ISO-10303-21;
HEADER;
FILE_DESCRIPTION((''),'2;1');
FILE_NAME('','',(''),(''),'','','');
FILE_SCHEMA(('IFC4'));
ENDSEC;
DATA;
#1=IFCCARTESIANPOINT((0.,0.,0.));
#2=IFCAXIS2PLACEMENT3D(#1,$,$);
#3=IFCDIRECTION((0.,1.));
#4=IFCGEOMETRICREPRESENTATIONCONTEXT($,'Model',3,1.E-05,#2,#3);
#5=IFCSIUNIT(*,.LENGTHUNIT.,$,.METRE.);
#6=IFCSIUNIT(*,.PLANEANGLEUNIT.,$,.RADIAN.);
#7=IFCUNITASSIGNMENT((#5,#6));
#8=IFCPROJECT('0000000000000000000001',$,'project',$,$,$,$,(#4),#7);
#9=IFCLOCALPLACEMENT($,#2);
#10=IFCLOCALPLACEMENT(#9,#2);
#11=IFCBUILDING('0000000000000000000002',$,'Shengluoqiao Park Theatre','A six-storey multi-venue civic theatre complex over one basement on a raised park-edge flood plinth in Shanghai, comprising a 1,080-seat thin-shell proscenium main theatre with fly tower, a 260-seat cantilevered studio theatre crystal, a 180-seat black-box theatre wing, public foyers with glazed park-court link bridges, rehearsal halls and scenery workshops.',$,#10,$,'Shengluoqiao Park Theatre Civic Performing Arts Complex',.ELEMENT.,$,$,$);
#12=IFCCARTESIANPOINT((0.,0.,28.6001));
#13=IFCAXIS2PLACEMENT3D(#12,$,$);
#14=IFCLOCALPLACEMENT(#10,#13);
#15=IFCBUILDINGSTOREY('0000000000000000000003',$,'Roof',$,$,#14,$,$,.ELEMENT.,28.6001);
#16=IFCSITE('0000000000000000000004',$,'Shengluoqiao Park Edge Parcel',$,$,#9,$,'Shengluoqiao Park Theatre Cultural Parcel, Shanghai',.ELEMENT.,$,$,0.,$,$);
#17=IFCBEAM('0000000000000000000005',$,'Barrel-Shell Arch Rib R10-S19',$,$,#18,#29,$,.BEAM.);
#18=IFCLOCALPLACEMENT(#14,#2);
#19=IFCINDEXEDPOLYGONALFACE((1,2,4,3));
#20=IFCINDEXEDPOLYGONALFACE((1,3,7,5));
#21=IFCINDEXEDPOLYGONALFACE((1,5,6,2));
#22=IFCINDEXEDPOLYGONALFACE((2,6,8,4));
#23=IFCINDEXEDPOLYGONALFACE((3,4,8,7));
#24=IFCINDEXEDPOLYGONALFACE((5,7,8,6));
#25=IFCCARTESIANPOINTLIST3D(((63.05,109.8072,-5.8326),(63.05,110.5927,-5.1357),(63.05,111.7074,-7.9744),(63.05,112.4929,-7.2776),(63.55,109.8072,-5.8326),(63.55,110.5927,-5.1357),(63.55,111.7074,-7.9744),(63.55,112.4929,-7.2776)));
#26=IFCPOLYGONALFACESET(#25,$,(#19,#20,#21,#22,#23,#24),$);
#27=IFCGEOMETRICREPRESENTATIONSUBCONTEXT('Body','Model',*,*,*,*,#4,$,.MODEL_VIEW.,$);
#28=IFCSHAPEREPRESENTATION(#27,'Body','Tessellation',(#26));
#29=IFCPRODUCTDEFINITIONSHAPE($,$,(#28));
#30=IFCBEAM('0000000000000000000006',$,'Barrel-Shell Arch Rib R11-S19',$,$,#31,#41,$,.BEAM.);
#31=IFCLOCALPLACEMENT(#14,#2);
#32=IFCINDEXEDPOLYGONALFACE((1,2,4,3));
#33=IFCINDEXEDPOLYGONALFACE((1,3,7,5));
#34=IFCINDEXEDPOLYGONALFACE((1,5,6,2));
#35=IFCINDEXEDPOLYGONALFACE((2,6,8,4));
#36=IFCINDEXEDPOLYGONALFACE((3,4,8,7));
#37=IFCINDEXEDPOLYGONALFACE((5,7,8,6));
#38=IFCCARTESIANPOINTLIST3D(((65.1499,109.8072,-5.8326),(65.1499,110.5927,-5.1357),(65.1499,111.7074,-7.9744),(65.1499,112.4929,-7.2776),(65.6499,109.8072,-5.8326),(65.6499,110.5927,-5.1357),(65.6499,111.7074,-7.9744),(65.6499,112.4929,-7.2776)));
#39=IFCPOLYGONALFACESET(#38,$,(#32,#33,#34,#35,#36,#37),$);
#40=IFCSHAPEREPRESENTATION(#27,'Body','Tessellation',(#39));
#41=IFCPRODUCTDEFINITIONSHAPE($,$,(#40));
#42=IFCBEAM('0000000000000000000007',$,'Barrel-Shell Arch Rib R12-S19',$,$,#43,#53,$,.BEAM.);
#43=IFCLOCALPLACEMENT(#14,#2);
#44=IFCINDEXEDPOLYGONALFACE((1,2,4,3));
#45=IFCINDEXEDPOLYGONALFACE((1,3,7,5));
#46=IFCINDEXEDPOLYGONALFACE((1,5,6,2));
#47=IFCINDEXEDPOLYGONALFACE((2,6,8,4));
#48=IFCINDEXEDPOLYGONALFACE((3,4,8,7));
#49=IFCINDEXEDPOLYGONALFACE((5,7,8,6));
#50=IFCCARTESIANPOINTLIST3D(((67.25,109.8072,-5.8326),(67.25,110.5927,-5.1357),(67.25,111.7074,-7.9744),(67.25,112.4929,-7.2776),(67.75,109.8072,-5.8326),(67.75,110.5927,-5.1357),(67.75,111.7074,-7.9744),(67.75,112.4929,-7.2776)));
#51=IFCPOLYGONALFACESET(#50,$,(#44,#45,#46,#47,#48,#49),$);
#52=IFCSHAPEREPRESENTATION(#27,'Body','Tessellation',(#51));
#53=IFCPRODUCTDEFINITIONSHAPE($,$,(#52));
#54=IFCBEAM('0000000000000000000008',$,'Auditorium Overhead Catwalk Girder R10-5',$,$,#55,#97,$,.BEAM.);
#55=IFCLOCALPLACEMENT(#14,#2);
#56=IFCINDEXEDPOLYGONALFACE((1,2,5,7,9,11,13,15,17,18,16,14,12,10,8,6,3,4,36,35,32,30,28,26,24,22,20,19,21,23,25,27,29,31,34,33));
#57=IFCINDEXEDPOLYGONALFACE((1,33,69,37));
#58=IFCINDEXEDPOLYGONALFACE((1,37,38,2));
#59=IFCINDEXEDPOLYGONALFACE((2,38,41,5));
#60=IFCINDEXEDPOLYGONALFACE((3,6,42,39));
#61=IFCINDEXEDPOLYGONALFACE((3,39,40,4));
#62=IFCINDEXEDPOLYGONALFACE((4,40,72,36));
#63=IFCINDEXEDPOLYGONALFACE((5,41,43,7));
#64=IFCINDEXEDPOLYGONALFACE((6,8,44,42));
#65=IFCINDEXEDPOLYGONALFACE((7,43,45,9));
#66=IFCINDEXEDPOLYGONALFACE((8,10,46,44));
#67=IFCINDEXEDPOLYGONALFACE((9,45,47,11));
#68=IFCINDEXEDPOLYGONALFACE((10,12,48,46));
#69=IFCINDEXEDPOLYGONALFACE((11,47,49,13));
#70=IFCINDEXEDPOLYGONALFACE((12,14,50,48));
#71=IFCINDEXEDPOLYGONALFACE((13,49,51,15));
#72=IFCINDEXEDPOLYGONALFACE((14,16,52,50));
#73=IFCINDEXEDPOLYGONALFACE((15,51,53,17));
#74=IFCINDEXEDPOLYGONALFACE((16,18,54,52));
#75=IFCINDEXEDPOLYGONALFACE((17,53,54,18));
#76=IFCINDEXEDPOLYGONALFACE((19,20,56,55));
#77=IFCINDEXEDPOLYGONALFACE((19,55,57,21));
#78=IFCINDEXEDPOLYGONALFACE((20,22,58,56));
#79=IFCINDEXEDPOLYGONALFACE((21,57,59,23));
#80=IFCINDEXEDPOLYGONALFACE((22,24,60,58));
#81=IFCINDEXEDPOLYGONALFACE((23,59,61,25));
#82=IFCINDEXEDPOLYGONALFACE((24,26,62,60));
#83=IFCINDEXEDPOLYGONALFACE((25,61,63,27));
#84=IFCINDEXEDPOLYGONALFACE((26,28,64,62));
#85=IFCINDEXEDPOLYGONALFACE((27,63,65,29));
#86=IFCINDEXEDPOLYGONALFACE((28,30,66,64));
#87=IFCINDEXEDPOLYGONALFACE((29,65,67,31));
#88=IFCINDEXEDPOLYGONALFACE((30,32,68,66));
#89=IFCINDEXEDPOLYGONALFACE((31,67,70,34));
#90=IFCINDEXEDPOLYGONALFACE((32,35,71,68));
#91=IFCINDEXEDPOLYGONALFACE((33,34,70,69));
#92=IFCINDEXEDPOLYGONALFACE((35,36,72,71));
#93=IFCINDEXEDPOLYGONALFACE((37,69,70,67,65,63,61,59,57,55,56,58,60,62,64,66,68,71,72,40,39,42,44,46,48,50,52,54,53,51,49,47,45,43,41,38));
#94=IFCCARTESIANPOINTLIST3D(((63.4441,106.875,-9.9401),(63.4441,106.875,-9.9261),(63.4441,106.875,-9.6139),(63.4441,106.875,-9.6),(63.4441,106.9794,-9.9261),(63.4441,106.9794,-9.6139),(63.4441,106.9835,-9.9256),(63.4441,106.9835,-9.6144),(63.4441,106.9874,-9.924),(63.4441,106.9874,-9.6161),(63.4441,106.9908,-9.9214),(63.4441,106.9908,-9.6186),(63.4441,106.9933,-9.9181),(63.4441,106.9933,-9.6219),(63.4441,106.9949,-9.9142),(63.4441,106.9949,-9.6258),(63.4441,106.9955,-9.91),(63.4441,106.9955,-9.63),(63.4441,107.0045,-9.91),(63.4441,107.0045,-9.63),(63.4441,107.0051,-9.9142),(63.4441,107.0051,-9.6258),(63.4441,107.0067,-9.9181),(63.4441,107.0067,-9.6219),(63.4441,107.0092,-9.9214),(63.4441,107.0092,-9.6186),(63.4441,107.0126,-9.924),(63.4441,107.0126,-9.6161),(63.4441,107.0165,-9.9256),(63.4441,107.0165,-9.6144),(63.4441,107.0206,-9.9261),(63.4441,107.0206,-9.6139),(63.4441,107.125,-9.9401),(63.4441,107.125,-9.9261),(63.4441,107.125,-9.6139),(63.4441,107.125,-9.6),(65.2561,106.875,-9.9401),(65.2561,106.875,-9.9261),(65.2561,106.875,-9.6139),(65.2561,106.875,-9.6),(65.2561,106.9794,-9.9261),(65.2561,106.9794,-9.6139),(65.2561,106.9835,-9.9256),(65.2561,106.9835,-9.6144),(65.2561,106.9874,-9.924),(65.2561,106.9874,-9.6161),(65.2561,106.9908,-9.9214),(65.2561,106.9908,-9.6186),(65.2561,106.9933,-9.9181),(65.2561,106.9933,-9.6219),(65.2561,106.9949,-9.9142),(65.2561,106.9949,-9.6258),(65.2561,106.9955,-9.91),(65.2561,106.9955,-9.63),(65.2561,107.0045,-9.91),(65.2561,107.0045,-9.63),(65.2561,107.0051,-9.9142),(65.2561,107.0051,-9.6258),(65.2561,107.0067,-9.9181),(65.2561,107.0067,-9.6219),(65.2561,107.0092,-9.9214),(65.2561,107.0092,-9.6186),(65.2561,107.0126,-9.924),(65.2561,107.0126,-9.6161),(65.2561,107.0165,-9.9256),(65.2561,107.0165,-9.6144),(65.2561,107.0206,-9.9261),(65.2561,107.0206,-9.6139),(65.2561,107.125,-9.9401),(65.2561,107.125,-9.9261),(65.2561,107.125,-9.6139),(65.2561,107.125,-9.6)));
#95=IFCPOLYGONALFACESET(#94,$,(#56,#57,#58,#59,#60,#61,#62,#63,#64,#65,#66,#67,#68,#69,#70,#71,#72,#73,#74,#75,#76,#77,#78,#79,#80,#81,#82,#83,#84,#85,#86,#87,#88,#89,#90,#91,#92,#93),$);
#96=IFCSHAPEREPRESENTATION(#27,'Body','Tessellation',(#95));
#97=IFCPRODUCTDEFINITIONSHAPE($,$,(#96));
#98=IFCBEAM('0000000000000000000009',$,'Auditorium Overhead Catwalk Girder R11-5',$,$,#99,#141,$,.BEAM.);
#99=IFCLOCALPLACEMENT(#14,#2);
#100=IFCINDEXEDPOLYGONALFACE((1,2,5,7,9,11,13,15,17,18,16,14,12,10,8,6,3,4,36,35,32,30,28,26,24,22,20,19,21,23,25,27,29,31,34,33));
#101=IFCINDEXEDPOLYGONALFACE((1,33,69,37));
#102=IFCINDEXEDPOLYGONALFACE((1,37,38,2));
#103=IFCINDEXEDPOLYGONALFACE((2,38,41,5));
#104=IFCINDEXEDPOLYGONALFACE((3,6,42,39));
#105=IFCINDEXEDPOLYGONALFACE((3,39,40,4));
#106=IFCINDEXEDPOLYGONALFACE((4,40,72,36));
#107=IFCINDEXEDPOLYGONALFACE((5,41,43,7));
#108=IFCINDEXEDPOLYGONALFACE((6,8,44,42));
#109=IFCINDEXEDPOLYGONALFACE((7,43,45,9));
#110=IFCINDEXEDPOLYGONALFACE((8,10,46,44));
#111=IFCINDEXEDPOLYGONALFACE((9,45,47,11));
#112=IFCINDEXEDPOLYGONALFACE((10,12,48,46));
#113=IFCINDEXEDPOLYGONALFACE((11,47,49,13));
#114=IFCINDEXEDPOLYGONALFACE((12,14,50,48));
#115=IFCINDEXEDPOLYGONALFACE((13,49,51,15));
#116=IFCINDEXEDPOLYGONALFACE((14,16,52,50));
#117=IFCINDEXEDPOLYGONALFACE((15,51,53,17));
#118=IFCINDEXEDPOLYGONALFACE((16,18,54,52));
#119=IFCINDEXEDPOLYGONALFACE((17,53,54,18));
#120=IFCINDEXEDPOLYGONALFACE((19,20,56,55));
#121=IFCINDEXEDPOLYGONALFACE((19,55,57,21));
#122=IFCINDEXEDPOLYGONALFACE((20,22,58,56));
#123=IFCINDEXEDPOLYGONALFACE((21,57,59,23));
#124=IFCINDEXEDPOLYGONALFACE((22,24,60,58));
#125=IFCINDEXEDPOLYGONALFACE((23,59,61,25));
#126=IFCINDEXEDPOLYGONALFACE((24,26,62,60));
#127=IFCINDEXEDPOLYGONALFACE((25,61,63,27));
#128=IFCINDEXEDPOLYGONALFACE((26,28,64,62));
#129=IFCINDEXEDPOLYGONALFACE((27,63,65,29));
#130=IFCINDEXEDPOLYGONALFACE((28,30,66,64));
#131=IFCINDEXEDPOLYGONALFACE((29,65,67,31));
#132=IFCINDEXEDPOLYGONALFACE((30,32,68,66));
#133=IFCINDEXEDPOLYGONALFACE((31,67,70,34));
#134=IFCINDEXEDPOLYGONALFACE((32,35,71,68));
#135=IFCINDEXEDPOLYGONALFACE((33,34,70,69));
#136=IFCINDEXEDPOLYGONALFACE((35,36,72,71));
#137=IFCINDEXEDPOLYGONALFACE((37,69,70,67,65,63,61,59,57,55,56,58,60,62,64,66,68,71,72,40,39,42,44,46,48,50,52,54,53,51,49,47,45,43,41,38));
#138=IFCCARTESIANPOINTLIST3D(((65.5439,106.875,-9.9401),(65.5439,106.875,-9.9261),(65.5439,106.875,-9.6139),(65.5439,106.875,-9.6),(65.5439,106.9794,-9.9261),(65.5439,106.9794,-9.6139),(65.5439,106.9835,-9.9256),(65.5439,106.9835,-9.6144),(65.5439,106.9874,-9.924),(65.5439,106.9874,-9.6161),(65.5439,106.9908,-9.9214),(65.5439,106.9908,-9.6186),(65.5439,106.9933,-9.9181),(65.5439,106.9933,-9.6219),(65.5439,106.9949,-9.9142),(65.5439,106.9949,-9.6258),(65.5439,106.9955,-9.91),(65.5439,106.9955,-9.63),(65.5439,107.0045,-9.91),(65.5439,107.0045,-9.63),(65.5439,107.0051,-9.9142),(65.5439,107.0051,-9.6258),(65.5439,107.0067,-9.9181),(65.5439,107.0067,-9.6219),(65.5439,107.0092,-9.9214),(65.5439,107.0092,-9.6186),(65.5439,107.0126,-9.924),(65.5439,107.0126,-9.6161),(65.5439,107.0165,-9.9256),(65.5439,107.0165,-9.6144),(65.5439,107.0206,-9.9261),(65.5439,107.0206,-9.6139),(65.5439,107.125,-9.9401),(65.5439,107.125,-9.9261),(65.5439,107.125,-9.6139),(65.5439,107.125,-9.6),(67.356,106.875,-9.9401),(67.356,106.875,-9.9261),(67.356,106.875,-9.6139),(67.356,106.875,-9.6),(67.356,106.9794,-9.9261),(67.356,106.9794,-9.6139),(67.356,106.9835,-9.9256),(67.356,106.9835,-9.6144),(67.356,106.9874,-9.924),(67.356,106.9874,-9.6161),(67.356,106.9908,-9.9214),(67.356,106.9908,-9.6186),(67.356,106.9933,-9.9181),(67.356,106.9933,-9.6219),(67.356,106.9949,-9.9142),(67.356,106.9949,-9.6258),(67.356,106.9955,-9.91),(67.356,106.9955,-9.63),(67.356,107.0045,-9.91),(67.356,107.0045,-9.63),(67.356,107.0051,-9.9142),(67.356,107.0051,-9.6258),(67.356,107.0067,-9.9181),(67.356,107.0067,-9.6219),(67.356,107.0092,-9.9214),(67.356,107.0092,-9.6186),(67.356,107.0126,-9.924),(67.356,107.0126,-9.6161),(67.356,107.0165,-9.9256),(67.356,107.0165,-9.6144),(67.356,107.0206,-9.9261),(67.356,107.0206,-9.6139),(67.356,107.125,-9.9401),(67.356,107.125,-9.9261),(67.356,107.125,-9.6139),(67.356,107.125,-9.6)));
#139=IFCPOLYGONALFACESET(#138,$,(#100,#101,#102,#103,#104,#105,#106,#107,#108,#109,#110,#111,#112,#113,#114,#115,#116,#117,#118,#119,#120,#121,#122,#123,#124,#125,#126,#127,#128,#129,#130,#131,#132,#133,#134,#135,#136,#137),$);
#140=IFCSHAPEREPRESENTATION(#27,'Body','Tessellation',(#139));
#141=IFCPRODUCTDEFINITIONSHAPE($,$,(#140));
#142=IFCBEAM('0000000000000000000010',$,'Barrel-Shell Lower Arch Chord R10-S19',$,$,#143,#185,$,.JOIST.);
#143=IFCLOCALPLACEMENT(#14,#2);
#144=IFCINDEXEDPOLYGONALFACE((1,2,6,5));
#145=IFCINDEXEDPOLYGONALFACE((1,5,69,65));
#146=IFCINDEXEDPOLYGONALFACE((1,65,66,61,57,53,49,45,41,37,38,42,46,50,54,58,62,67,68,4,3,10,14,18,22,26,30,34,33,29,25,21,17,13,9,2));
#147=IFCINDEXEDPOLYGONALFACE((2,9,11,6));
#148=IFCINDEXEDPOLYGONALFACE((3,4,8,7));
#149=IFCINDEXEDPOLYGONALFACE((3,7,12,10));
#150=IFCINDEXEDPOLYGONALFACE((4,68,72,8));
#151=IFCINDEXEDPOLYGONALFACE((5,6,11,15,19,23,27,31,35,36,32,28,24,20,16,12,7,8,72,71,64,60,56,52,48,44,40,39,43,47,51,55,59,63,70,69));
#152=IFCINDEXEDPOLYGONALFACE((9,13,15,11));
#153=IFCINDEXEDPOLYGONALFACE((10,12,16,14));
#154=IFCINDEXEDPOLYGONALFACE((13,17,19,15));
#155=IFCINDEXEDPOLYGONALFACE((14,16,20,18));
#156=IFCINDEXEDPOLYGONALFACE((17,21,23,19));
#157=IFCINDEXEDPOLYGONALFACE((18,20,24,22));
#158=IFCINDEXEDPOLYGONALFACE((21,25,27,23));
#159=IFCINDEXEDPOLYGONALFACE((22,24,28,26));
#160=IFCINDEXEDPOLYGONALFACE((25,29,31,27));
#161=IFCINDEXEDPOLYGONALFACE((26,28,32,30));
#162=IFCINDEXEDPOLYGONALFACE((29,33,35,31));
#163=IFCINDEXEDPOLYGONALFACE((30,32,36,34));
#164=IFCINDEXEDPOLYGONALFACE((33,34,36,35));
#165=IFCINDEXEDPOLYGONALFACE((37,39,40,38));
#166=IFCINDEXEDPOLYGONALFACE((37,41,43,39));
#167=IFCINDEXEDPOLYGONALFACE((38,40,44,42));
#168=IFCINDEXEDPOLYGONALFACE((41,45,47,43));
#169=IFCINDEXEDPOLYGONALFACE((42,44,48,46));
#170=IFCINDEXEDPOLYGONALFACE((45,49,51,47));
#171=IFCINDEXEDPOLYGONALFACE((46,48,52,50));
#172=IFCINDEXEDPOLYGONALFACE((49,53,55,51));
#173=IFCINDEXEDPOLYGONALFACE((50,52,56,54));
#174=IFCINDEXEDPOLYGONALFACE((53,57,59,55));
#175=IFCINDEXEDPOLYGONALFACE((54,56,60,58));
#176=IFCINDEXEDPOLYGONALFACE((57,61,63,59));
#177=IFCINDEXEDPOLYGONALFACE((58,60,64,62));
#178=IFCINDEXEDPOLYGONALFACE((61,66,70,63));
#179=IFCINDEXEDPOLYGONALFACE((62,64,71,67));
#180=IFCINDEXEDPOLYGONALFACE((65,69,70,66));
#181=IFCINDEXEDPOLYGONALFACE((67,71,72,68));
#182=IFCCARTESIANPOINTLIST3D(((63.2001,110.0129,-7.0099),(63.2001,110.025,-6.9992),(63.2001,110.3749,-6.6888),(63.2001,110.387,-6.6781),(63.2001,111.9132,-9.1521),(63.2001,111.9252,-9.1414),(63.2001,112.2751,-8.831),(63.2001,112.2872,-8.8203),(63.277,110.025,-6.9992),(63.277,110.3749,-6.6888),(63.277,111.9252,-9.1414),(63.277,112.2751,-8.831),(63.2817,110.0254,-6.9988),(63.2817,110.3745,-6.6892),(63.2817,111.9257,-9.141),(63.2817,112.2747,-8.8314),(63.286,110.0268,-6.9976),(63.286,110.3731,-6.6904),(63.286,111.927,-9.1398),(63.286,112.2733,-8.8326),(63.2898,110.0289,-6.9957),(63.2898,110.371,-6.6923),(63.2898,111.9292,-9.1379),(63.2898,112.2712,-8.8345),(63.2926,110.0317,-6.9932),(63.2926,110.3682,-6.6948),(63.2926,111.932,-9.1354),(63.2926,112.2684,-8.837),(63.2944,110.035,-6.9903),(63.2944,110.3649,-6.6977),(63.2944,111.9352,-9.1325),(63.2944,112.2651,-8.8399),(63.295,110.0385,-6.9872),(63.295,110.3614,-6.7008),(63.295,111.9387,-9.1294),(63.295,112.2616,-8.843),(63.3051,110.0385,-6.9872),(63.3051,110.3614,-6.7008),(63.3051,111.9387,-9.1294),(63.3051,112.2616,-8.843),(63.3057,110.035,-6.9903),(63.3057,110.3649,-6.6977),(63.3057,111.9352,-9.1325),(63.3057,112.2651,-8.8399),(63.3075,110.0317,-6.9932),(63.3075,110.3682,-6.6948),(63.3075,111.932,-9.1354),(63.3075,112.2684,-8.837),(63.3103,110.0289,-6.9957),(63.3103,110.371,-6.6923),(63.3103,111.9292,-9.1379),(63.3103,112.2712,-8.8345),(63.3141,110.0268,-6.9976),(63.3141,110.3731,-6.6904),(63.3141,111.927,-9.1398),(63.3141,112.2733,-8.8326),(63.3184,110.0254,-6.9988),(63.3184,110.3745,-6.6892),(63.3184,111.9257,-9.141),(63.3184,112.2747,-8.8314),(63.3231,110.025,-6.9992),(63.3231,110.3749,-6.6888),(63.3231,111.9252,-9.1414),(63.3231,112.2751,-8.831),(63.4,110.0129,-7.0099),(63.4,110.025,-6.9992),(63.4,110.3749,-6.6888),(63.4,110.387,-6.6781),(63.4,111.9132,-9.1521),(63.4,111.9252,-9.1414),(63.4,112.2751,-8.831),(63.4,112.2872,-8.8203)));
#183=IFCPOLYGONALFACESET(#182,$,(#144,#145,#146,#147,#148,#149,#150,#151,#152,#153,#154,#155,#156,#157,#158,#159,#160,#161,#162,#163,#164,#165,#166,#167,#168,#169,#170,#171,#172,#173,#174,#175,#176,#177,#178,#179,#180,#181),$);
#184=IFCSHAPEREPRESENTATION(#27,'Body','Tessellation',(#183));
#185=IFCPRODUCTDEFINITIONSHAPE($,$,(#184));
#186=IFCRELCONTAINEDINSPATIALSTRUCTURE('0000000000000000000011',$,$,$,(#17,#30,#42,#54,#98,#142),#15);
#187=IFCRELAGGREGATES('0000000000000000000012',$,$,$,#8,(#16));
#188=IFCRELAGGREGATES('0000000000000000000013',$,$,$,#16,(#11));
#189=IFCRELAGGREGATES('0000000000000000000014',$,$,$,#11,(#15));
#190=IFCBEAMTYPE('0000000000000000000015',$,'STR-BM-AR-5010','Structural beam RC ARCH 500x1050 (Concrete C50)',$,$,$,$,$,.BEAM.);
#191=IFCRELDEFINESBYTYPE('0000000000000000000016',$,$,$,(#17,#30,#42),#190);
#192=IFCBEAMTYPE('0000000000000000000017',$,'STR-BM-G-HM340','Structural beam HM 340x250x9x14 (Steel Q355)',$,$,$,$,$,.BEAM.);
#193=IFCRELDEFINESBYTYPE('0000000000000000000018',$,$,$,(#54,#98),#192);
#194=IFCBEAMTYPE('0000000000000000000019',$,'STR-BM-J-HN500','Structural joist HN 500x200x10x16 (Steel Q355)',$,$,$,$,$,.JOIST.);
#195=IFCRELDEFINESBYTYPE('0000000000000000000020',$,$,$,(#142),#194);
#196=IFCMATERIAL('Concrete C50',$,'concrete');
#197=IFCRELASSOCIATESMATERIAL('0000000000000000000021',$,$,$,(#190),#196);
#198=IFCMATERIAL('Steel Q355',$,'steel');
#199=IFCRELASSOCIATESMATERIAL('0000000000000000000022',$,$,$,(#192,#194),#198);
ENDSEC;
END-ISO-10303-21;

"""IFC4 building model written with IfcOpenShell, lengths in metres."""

from ifc_helpers import new_model, si_unit, direction, frame, origin, origin_2d, place, context, subcontext, project, spatial, rectangle, i_section, extrude, material, material_profile, profile_set, type_object, element, save


model = new_model("IFC4")

# Units and contexts
model_context = context("Model", 3, precision=1e-05, world=origin(), true_north=direction((0.0, 1.0)))
body_context = subcontext(model_context, "Body", "Model", "MODEL_VIEW")
ifc_project = project(units=[si_unit("LENGTHUNIT", "METRE"), si_unit("PLANEANGLEUNIT", "RADIAN")], contexts=[model_context])

# Site, building, storey
site_placement = place(None, origin())
site = spatial("IfcSite", under=ifc_project, at=site_placement, Name="Shengluoqiao Park Edge Parcel", LongName="Shengluoqiao Park Theatre Cultural Parcel, Shanghai", CompositionType="ELEMENT", RefElevation=0.0)
building_placement = place(site_placement, origin())
building = spatial("IfcBuilding", under=site, at=building_placement, Name="Shengluoqiao Park Theatre", Description="A six-storey multi-venue civic theatre complex over one basement on a raised park-edge flood plinth in Shanghai, comprising a 1,080-seat thin-shell proscenium main theatre with fly tower, a 260-seat cantilevered studio theatre crystal, a 180-seat black-box theatre wing, public foyers with glazed park-court link bridges, rehearsal halls and scenery workshops.", LongName="Shengluoqiao Park Theatre Civic Performing Arts Complex", CompositionType="ELEMENT")
storey_placement = place(building_placement, frame((0.0, 0.0, 28.6001)))
storey = spatial("IfcBuildingStorey", under=building, at=storey_placement, Name="Roof", CompositionType="ELEMENT", Elevation=28.6001)

# Beams
ifc_material_1 = material(Name="Concrete C50", Category="concrete")
ifc_material_profile_1 = material_profile(ifc_material_1, rectangle(XDim=0.5, YDim=1.05, at=origin_2d()), Name="RC ARCH 500x1050")
ifc_profile_set_1 = profile_set([ifc_material_profile_1], Name="Concrete C50")
beam_type_1 = type_object("IfcBeamType", Name="STR-BM-AR-5010", Description="Structural beam RC ARCH 500x1050 (Concrete C50)", PredefinedType="BEAM", material=ifc_profile_set_1)
for number, where, z_axis, x_axis, name in (
    (1, (63.3, 110.2, -5.4841), (0.0, 0.663638, -0.748053), (-1.0, 0.0, 0.0), "Barrel-Shell Arch Rib R10-S19"),
    (2, (65.3999, 110.2, -5.4841), (0.0, 0.663638, -0.748053), (-1.0, 0.0, 0.0), "Barrel-Shell Arch Rib R11-S19"),
    (3, (67.5, 110.2, -5.4841), (0.0, 0.663638, -0.748053), (-1.0, 0.0, 0.0), "Barrel-Shell Arch Rib R12-S19"),
):
    element("IfcBeam", number, at=place(storey_placement, frame(where, z_axis=z_axis, x_axis=x_axis)), inside=storey, type_object=beam_type_1, Name=name, PredefinedType="BEAM", context=body_context, shape_type="SweptSolid", body=[
        extrude(rectangle(XDim=0.5, YDim=1.05, at=origin_2d()), origin(), (0.0, 0.0, 1.0), 2.8633),
    ])
ifc_material_2 = material(Name="Steel Q355", Category="steel")
ifc_material_profile_2 = material_profile(ifc_material_2, i_section(OverallWidth=0.25, OverallDepth=0.3401, WebThickness=0.009, FlangeThickness=0.0139, FilletRadius=0.0161, at=origin_2d()), Name="HM 340x250x9x14")
ifc_profile_set_2 = profile_set([ifc_material_profile_2], Name="Steel Q355")
beam_type_2 = type_object("IfcBeamType", Name="STR-BM-G-HM340", Description="Structural beam HM 340x250x9x14 (Steel Q355)", PredefinedType="BEAM", material=ifc_profile_set_2)
for number, where, z_axis, x_axis, name in (
    (4, (63.4441, 107.0, -9.77), (1.0, 0.0, 0.0), (0.0, 1.0, 0.0), "Auditorium Overhead Catwalk Girder R10-5"),
    (5, (65.5439, 107.0, -9.77), (1.0, 0.0, 0.0), (0.0, 1.0, 0.0), "Auditorium Overhead Catwalk Girder R11-5"),
):
    element("IfcBeam", number, at=place(storey_placement, frame(where, z_axis=z_axis, x_axis=x_axis)), inside=storey, type_object=beam_type_2, Name=name, PredefinedType="BEAM", context=body_context, shape_type="SweptSolid", body=[
        extrude(i_section(OverallWidth=0.25, OverallDepth=0.3401, WebThickness=0.009, FlangeThickness=0.0139, FilletRadius=0.0161, at=origin_2d()), origin(), (0.0, 0.0, 1.0), 1.812),
    ])
ifc_material_profile_3 = material_profile(ifc_material_2, i_section(OverallWidth=0.2, OverallDepth=0.5, WebThickness=0.01, FlangeThickness=0.0161, FilletRadius=0.0181, at=origin_2d()), Name="HN 500x200x10x16")
ifc_profile_set_3 = profile_set([ifc_material_profile_3], Name="Steel Q355")
beam_type_3 = type_object("IfcBeamType", Name="STR-BM-J-HN500", Description="Structural joist HN 500x200x10x16 (Steel Q355)", PredefinedType="JOIST", material=ifc_profile_set_3)
for number, where, z_axis, x_axis, name in (
    (6, (63.3, 110.2, -6.844), (0.0, 0.663596, -0.748091), (-1.0, 0.0, 0.0), "Barrel-Shell Lower Arch Chord R10-S19"),
):
    element("IfcBeam", number, at=place(storey_placement, frame(where, z_axis=z_axis, x_axis=x_axis)), inside=storey, type_object=beam_type_3, Name=name, PredefinedType="JOIST", context=body_context, shape_type="SweptSolid", body=[
        extrude(i_section(OverallWidth=0.2, OverallDepth=0.5, WebThickness=0.01, FlangeThickness=0.0161, FilletRadius=0.0181, at=origin_2d()), origin(), (0.0, 0.0, 1.0), 2.8635),
    ])

save(model, "model.ifc")
